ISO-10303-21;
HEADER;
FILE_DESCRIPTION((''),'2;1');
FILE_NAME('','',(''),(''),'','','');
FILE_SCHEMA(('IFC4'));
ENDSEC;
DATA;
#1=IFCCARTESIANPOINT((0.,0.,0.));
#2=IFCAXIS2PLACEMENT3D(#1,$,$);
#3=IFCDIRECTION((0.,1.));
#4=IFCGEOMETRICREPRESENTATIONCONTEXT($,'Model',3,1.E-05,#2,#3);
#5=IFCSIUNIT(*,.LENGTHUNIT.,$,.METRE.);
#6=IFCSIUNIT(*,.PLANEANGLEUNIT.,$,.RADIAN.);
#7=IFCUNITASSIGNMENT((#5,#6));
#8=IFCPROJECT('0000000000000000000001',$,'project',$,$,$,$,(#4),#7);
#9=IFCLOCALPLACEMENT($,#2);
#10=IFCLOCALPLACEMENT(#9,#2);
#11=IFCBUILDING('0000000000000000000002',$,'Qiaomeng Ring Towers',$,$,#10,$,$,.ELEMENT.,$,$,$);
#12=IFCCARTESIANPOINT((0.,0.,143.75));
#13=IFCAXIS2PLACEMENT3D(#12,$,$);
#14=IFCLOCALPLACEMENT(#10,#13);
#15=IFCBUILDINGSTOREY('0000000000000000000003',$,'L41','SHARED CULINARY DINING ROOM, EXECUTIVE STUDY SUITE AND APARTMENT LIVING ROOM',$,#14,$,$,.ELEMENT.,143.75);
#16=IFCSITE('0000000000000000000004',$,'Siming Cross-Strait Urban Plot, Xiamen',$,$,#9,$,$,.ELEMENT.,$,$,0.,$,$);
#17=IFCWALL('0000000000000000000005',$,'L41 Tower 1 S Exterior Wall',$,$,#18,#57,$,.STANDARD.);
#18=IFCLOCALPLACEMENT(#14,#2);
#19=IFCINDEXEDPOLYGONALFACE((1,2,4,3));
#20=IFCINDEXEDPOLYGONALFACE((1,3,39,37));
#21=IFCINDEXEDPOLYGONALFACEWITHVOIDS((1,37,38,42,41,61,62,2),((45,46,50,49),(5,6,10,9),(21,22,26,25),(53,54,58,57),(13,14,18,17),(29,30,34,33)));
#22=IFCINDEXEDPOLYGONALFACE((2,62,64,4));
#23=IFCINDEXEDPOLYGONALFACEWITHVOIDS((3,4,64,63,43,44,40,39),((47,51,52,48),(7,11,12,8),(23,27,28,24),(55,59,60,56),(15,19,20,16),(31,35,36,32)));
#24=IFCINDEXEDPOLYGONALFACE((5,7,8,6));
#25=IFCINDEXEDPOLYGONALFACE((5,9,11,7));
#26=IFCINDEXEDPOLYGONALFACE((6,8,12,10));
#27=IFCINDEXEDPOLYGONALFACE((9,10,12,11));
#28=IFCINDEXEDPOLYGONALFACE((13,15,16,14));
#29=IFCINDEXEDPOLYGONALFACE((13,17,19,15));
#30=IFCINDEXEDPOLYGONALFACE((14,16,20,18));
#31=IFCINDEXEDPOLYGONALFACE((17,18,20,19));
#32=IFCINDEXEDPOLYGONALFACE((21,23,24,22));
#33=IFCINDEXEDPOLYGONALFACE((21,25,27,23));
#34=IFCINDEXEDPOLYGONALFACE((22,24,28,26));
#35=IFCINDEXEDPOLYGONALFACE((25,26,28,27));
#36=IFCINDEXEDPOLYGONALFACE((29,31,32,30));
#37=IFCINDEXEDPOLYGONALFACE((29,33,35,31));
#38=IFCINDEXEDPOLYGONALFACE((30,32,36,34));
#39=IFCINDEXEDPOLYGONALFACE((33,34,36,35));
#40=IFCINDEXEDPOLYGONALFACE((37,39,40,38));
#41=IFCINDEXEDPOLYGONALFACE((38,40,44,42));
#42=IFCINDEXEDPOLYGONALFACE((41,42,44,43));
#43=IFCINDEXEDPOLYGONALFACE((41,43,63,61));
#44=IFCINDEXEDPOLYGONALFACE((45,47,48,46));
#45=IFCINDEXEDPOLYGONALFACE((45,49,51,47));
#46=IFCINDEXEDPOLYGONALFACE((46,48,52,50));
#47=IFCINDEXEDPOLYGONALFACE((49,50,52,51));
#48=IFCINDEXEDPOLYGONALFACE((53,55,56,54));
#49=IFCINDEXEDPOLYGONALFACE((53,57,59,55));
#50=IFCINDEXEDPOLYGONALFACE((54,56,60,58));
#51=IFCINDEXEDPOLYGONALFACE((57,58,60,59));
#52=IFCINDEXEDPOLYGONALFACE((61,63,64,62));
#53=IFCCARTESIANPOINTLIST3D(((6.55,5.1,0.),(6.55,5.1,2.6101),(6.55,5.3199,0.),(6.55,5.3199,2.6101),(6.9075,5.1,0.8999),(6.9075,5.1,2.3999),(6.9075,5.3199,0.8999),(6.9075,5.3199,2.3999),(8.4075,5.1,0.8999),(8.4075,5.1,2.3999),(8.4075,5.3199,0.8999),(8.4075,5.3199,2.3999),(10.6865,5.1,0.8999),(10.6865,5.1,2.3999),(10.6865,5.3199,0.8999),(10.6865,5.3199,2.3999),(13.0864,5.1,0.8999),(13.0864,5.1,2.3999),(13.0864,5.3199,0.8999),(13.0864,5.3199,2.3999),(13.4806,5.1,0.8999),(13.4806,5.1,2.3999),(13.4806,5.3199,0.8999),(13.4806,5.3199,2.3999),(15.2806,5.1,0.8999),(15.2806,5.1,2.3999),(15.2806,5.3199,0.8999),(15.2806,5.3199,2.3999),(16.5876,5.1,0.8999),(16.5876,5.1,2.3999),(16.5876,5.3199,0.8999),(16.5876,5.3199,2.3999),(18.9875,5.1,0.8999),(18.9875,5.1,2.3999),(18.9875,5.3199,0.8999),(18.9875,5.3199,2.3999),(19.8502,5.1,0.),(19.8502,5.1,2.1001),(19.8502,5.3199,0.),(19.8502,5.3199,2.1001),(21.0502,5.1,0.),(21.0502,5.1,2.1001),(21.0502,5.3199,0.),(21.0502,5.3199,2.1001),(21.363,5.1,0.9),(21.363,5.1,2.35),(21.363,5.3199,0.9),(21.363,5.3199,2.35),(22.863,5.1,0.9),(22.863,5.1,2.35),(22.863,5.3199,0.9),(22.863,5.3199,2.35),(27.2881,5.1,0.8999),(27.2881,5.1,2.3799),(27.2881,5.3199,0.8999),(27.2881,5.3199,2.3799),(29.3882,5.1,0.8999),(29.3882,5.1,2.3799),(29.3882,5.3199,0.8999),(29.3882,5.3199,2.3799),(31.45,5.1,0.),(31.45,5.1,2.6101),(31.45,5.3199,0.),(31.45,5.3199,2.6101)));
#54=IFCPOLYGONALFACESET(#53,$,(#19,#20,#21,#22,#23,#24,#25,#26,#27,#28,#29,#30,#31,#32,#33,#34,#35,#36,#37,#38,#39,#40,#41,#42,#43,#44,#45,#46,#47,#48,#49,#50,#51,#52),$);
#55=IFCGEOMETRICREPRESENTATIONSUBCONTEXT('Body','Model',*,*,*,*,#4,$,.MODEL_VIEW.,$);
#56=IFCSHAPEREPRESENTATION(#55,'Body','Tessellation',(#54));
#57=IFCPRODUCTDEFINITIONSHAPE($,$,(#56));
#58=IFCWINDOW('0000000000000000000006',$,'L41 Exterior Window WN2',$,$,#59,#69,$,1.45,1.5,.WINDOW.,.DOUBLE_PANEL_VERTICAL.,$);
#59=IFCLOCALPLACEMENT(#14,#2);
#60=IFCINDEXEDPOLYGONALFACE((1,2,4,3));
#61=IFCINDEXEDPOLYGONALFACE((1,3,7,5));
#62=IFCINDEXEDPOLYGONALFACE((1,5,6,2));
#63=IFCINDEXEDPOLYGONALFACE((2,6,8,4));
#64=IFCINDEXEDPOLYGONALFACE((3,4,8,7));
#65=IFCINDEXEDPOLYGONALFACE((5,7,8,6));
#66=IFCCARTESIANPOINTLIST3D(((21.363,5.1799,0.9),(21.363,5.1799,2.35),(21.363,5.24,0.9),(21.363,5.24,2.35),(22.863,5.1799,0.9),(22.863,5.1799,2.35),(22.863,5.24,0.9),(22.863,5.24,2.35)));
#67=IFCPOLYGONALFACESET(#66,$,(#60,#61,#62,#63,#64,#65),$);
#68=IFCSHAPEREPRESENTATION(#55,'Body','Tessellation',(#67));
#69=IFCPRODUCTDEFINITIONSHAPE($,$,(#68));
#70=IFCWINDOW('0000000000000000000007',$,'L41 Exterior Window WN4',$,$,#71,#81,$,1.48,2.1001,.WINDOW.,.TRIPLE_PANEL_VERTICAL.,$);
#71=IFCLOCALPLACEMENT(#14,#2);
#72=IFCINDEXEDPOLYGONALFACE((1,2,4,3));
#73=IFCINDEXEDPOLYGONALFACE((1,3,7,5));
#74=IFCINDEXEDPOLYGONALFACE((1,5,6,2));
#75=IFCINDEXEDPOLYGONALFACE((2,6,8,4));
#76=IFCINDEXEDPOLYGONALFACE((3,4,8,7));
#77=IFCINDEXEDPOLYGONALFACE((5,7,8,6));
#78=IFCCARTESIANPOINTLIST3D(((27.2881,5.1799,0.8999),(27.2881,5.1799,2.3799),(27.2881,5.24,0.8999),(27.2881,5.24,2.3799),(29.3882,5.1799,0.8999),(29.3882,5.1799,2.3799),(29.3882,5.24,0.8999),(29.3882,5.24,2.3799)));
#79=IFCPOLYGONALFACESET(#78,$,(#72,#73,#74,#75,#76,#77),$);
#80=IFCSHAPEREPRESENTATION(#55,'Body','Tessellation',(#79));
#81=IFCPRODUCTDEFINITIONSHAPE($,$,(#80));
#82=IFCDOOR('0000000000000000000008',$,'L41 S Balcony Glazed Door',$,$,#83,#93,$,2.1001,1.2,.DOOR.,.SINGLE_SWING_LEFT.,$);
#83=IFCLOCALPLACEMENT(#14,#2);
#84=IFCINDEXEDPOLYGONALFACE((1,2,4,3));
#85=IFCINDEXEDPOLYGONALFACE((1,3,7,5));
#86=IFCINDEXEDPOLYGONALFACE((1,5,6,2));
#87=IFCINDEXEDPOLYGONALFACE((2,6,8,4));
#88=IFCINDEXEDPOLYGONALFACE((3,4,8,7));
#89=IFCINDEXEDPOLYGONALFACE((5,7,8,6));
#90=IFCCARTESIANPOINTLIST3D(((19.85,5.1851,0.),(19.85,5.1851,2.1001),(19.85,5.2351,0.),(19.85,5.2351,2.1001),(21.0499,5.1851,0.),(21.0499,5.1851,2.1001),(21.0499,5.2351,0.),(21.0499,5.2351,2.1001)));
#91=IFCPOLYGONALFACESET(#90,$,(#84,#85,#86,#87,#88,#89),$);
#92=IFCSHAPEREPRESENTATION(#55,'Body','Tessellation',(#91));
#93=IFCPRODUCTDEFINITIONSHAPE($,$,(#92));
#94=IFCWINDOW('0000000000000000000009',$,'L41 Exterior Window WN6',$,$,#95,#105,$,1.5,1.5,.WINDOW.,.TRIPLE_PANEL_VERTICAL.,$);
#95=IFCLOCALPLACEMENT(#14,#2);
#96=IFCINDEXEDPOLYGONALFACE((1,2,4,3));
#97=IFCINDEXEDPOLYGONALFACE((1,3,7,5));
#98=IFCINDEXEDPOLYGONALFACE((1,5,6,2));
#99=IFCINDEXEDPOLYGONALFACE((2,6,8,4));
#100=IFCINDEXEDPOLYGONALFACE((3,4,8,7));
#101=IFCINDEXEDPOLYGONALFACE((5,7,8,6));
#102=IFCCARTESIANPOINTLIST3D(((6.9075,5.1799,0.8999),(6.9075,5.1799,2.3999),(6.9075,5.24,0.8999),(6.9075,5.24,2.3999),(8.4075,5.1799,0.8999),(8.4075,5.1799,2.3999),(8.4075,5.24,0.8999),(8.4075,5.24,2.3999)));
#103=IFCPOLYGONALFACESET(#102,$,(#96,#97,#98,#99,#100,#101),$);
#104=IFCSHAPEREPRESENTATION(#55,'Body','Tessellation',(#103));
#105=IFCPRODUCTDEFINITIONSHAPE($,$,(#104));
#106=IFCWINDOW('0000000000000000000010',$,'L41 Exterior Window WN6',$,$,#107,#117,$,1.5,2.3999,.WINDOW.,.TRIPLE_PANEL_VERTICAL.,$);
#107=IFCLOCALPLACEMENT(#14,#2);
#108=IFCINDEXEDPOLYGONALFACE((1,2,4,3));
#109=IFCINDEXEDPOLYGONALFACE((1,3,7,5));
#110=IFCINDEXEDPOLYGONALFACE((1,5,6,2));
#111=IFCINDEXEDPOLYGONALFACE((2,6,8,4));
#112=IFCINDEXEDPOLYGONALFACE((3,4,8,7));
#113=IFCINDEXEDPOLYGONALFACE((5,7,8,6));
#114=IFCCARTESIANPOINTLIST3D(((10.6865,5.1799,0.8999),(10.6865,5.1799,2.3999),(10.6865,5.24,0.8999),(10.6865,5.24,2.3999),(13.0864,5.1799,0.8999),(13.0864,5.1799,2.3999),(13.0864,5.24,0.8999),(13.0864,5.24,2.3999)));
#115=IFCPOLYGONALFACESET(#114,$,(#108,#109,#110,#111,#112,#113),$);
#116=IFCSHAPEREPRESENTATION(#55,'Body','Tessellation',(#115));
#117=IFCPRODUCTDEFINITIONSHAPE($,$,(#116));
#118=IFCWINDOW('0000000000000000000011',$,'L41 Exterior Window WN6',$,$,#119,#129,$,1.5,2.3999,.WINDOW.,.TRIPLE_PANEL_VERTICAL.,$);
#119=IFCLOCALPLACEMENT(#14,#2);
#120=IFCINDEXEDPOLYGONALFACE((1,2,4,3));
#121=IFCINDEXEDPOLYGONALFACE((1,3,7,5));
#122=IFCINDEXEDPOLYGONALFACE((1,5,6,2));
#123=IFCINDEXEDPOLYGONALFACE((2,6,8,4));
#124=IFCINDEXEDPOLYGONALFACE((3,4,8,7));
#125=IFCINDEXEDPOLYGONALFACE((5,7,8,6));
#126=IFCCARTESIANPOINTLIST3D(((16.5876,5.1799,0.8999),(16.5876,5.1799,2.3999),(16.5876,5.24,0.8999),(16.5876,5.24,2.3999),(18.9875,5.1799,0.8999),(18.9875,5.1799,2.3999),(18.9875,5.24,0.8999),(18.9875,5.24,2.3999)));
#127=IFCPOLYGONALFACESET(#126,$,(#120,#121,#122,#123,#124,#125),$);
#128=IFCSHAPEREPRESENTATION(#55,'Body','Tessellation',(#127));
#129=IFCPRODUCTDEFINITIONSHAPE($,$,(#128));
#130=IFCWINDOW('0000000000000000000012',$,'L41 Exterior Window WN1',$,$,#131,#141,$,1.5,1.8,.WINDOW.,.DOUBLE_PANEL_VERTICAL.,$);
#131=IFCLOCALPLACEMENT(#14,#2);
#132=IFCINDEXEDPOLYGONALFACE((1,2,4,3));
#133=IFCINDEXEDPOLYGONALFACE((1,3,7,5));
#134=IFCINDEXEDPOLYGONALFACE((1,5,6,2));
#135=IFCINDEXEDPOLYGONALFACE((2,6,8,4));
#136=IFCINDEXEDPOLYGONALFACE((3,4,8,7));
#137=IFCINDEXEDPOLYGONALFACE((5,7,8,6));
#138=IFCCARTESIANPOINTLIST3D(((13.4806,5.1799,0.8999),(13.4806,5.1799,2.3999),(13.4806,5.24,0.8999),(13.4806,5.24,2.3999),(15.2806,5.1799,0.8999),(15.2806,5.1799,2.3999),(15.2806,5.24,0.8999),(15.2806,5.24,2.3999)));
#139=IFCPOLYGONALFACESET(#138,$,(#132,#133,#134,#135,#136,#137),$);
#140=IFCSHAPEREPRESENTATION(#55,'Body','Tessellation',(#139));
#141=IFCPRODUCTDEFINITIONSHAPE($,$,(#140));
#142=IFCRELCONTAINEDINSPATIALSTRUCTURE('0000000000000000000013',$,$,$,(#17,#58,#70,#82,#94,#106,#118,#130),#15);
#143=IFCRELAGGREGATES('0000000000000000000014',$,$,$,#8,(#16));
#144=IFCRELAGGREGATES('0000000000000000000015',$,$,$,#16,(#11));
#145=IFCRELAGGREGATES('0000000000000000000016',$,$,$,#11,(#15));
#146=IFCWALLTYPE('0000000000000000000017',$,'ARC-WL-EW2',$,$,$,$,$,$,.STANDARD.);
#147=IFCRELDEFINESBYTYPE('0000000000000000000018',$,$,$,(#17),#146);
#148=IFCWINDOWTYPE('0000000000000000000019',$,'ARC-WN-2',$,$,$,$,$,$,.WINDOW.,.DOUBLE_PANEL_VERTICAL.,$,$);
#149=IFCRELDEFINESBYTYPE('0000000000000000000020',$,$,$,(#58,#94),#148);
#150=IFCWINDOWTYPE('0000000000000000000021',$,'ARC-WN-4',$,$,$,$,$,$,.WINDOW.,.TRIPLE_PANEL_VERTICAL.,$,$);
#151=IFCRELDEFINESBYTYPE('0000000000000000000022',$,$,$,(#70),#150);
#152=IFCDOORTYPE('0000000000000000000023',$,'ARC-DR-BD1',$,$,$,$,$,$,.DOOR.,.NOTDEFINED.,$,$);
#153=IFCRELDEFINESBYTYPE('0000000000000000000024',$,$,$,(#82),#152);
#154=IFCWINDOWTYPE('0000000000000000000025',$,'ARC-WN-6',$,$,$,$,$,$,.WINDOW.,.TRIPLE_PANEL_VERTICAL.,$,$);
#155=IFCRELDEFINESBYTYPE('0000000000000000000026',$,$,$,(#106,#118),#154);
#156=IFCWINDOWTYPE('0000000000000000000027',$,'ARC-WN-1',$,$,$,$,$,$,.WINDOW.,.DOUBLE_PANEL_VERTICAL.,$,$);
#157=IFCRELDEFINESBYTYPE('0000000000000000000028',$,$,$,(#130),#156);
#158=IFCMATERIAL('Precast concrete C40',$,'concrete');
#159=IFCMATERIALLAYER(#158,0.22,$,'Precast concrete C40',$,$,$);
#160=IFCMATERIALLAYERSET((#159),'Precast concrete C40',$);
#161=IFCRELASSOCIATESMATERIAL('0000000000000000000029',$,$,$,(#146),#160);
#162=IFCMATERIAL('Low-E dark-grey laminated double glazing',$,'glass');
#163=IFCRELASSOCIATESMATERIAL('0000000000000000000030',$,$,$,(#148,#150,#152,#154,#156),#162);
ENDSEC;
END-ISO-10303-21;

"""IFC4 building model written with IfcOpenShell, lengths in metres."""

from ifc_helpers import new_model, si_unit, direction, frame, frame_2d, origin, place, context, subcontext, project, spatial, rectangle, extrude, source, transform, mapped, material, layer, layer_set, type_object, element, fill, save


model = new_model("IFC4")

# Units and contexts
model_context = context("Model", 3, precision=1e-05, world=origin(), true_north=direction((0.0, 1.0)))
body_context = subcontext(model_context, "Body", "Model", "MODEL_VIEW")
ifc_project = project(units=[si_unit("LENGTHUNIT", "METRE"), si_unit("PLANEANGLEUNIT", "RADIAN")], contexts=[model_context])

# Site, building, storey
site_placement = place(None, origin())
site = spatial("IfcSite", under=ifc_project, at=site_placement, Name="Siming Cross-Strait Urban Plot, Xiamen", CompositionType="ELEMENT", RefElevation=0.0)
building_placement = place(site_placement, origin())
building = spatial("IfcBuilding", under=site, at=building_placement, Name="Qiaomeng Ring Towers", CompositionType="ELEMENT")
storey_placement = place(building_placement, frame((0.0, 0.0, 143.75)))
storey = spatial("IfcBuildingStorey", under=building, at=storey_placement, Name="L41", Description="SHARED CULINARY DINING ROOM, EXECUTIVE STUDY SUITE AND APARTMENT LIVING ROOM", CompositionType="ELEMENT", Elevation=143.75)

# Shared definitions
ifc_material_1 = material(Name="Low-E dark-grey laminated double glazing", Category="glass")

# Wall, openings, windows, door
ifc_material_2 = material(Name="Precast concrete C40", Category="concrete")
ifc_layer_1 = layer(ifc_material_2, 0.22, Name="Precast concrete C40")
ifc_layer_set_1 = layer_set([ifc_layer_1], Name="Precast concrete C40")
wall_type_1 = type_object("IfcWallType", Name="ARC-WL-EW2", PredefinedType="STANDARD", material=ifc_layer_set_1)
wall_1_placement = place(storey_placement, frame((6.55, 5.21, 0.0), z_axis=(0.0, 0.0, 1.0), x_axis=(1.0, 0.0, 0.0)))
wall_1 = element("IfcWall", 1, at=wall_1_placement, inside=storey, type_object=wall_type_1, Name="L41 Tower 1 S Exterior Wall", PredefinedType="STANDARD", context=body_context, shape_type="SweptSolid", body=[
    extrude(rectangle(XDim=24.8999, YDim=0.22, at=frame_2d((12.45, 0.0))), origin(), (0.0, 0.0, 1.0), 2.6101),
])
opening_1_placement = place(wall_1_placement, frame((13.3, 0.0, 0.0)))
opening_1 = element("IfcOpeningElement", 2, at=opening_1_placement, cuts=wall_1, PredefinedType="OPENING", context=body_context, shape_type="SweptSolid", body=[
    extrude(rectangle(XDim=1.2, YDim=2.1001, at=frame_2d((0.6001, 1.05))), frame((0.0, 0.1199, 0.0), z_axis=(0.0, -1.0, 0.0), x_axis=(1.0, 0.0, 0.0)), (0.0, 0.0, 1.0), 0.24),
])
opening_2_placement = place(wall_1_placement, frame((0.3574, 0.0, 0.8999)))
opening_2 = element("IfcOpeningElement", 3, at=opening_2_placement, cuts=wall_1, PredefinedType="OPENING", context=body_context, shape_type="SweptSolid", body=[
    extrude(rectangle(XDim=1.5, YDim=1.5, at=frame_2d((0.75, 0.75))), frame((0.0, 0.1199, 0.0), z_axis=(0.0, -1.0, 0.0), x_axis=(1.0, 0.0, 0.0)), (0.0, 0.0, 1.0), 0.24),
])
opening_3_placement = place(wall_1_placement, frame((6.9307, 0.0, 0.8999)))
opening_3 = element("IfcOpeningElement", 4, at=opening_3_placement, cuts=wall_1, PredefinedType="OPENING", context=body_context, shape_type="SweptSolid", body=[
    extrude(rectangle(XDim=1.8, YDim=1.5, at=frame_2d((0.8999, 0.75))), frame((0.0, 0.1199, 0.0), z_axis=(0.0, -1.0, 0.0), x_axis=(1.0, 0.0, 0.0)), (0.0, 0.0, 1.0), 0.24),
])
opening_4_placement = place(wall_1_placement, frame((14.813, 0.0, 0.8999)))
opening_4 = element("IfcOpeningElement", 5, at=opening_4_placement, cuts=wall_1, PredefinedType="OPENING", context=body_context, shape_type="SweptSolid", body=[
    extrude(rectangle(XDim=1.5, YDim=1.45, at=frame_2d((0.75, 0.7251))), frame((0.0, 0.1199, 0.0), z_axis=(0.0, -1.0, 0.0), x_axis=(1.0, 0.0, 0.0)), (0.0, 0.0, 1.0), 0.24),
])
opening_5_placement = place(wall_1_placement, frame((20.738, 0.0, 0.8999)))
opening_5 = element("IfcOpeningElement", 6, at=opening_5_placement, cuts=wall_1, PredefinedType="OPENING", context=body_context, shape_type="SweptSolid", body=[
    extrude(rectangle(XDim=2.1001, YDim=1.48, at=frame_2d((1.05, 0.74))), frame((0.0, 0.1199, 0.0), z_axis=(0.0, -1.0, 0.0), x_axis=(1.0, 0.0, 0.0)), (0.0, 0.0, 1.0), 0.24),
])
opening_6_placement = place(wall_1_placement, frame((4.1365, 0.0, 0.8999)))
opening_6 = element("IfcOpeningElement", 7, at=opening_6_placement, cuts=wall_1, PredefinedType="OPENING", context=body_context, shape_type="SweptSolid", body=[
    extrude(rectangle(XDim=2.3999, YDim=1.5, at=frame_2d((1.2, 0.75))), frame((0.0, 0.1199, 0.0), z_axis=(0.0, -1.0, 0.0), x_axis=(1.0, 0.0, 0.0)), (0.0, 0.0, 1.0), 0.24),
])
opening_7_placement = place(wall_1_placement, frame((10.0376, 0.0, 0.8999)))
opening_7 = element("IfcOpeningElement", 8, at=opening_7_placement, cuts=wall_1, PredefinedType="OPENING", context=body_context, shape_type="SweptSolid", body=[
    extrude(rectangle(XDim=2.3999, YDim=1.5, at=frame_2d((1.2, 0.75))), frame((0.0, 0.1199, 0.0), z_axis=(0.0, -1.0, 0.0), x_axis=(1.0, 0.0, 0.0)), (0.0, 0.0, 1.0), 0.24),
])
window_type_1 = type_object("IfcWindowType", Name="ARC-WN-2", PartitioningType="DOUBLE_PANEL_VERTICAL", PredefinedType="WINDOW", material=ifc_material_1)
shared_shape_1 = source(origin(), body_context, "Body", "SweptSolid", [
    extrude(rectangle(XDim=1.5, YDim=1.45, at=frame_2d((0.75, 0.7251))), frame((0.0, 0.03, 0.0), z_axis=(0.0, -1.0, 0.0), x_axis=(1.0, 0.0, 0.0)), (0.0, 0.0, 1.0), 0.0601),
])
window_1_placement = place(opening_4_placement, origin())
window_1 = element("IfcWindow", 9, at=window_1_placement, inside=storey, type_object=window_type_1, Name="L41 Exterior Window WN2", OverallHeight=1.45, OverallWidth=1.5, PartitioningType="DOUBLE_PANEL_VERTICAL", PredefinedType="WINDOW", context=body_context, shape_type="MappedRepresentation", body=[
    mapped(shared_shape_1, transform((0.0, 0.0, 0.0), x_axis=(1.0, 0.0, 0.0), y_axis=(0.0, 1.0, 0.0), z_axis=(0.0, 0.0, 1.0), scale=1.0)),
])
fill(opening_4, window_1)
window_type_2 = type_object("IfcWindowType", Name="ARC-WN-4", PartitioningType="TRIPLE_PANEL_VERTICAL", PredefinedType="WINDOW", material=ifc_material_1)
shared_shape_2 = source(origin(), body_context, "Body", "SweptSolid", [
    extrude(rectangle(XDim=2.1001, YDim=1.48, at=frame_2d((1.05, 0.74))), frame((0.0, 0.03, 0.0), z_axis=(0.0, -1.0, 0.0), x_axis=(1.0, 0.0, 0.0)), (0.0, 0.0, 1.0), 0.0601),
])
window_2_placement = place(opening_5_placement, origin())
window_2 = element("IfcWindow", 10, at=window_2_placement, inside=storey, type_object=window_type_2, Name="L41 Exterior Window WN4", OverallHeight=1.48, OverallWidth=2.1001, PartitioningType="TRIPLE_PANEL_VERTICAL", PredefinedType="WINDOW", context=body_context, shape_type="MappedRepresentation", body=[
    mapped(shared_shape_2, transform((0.0, 0.0, 0.0), x_axis=(1.0, 0.0, 0.0), y_axis=(0.0, 1.0, 0.0), z_axis=(0.0, 0.0, 1.0), scale=1.0)),
])
fill(opening_5, window_2)
door_type = type_object("IfcDoorType", Name="ARC-DR-BD1", OperationType="NOTDEFINED", PredefinedType="DOOR", material=ifc_material_1)
shared_shape_3 = source(origin(), body_context, "Body", "SweptSolid", [
    extrude(rectangle(XDim=1.2, YDim=2.1001, at=frame_2d((0.6001, 1.05))), frame((0.0, 0.0249, 0.0), z_axis=(0.0, -1.0, 0.0), x_axis=(1.0, 0.0, 0.0)), (0.0, 0.0, 1.0), 0.05),
])
door_placement = place(opening_1_placement, frame((1.2, 0.0, 0.0), z_axis=(0.0, 0.0, 1.0), x_axis=(-1.0, 0.0, 0.0)))
door = element("IfcDoor", 11, at=door_placement, inside=storey, type_object=door_type, Name="L41 S Balcony Glazed Door", OperationType="SINGLE_SWING_LEFT", OverallHeight=2.1001, OverallWidth=1.2, PredefinedType="DOOR", context=body_context, shape_type="MappedRepresentation", body=[
    mapped(shared_shape_3, transform((0.0, 0.0, 0.0), x_axis=(1.0, 0.0, 0.0), y_axis=(0.0, 1.0, 0.0), z_axis=(0.0, 0.0, 1.0), scale=1.0)),
])
fill(opening_1, door)
shared_shape_4 = source(origin(), body_context, "Body", "SweptSolid", [
    extrude(rectangle(XDim=1.5, YDim=1.5, at=frame_2d((0.75, 0.75))), frame((0.0, 0.03, 0.0), z_axis=(0.0, -1.0, 0.0), x_axis=(1.0, 0.0, 0.0)), (0.0, 0.0, 1.0), 0.0601),
])
window_3_placement = place(opening_2_placement, origin())
window_3 = element("IfcWindow", 12, at=window_3_placement, inside=storey, type_object=window_type_1, Name="L41 Exterior Window WN6", OverallHeight=1.5, OverallWidth=1.5, PartitioningType="TRIPLE_PANEL_VERTICAL", PredefinedType="WINDOW", context=body_context, shape_type="MappedRepresentation", body=[
    mapped(shared_shape_4, transform((0.0, 0.0, 0.0), x_axis=(1.0, 0.0, 0.0), y_axis=(0.0, 1.0, 0.0), z_axis=(0.0, 0.0, 1.0), scale=1.0)),
])
fill(opening_2, window_3)
window_type_3 = type_object("IfcWindowType", Name="ARC-WN-6", PartitioningType="TRIPLE_PANEL_VERTICAL", PredefinedType="WINDOW", material=ifc_material_1)
shared_shape_5 = source(origin(), body_context, "Body", "SweptSolid", [
    extrude(rectangle(XDim=2.3999, YDim=1.5, at=frame_2d((1.2, 0.75))), frame((0.0, 0.03, 0.0), z_axis=(0.0, -1.0, 0.0), x_axis=(1.0, 0.0, 0.0)), (0.0, 0.0, 1.0), 0.0601),
])
window_4_placement = place(opening_6_placement, origin())
window_4 = element("IfcWindow", 13, at=window_4_placement, inside=storey, type_object=window_type_3, Name="L41 Exterior Window WN6", OverallHeight=1.5, OverallWidth=2.3999, PartitioningType="TRIPLE_PANEL_VERTICAL", PredefinedType="WINDOW", context=body_context, shape_type="MappedRepresentation", body=[
    mapped(shared_shape_5, transform((0.0, 0.0, 0.0), x_axis=(1.0, 0.0, 0.0), y_axis=(0.0, 1.0, 0.0), z_axis=(0.0, 0.0, 1.0), scale=1.0)),
])
fill(opening_6, window_4)
window_5_placement = place(opening_7_placement, origin())
window_5 = element("IfcWindow", 14, at=window_5_placement, inside=storey, type_object=window_type_3, Name="L41 Exterior Window WN6", OverallHeight=1.5, OverallWidth=2.3999, PartitioningType="TRIPLE_PANEL_VERTICAL", PredefinedType="WINDOW", context=body_context, shape_type="MappedRepresentation", body=[
    mapped(shared_shape_5, transform((0.0, 0.0, 0.0), x_axis=(1.0, 0.0, 0.0), y_axis=(0.0, 1.0, 0.0), z_axis=(0.0, 0.0, 1.0), scale=1.0)),
])
fill(opening_7, window_5)
window_type_4 = type_object("IfcWindowType", Name="ARC-WN-1", PartitioningType="DOUBLE_PANEL_VERTICAL", PredefinedType="WINDOW", material=ifc_material_1)
shared_shape_6 = source(origin(), body_context, "Body", "SweptSolid", [
    extrude(rectangle(XDim=1.8, YDim=1.5, at=frame_2d((0.8999, 0.75))), frame((0.0, 0.03, 0.0), z_axis=(0.0, -1.0, 0.0), x_axis=(1.0, 0.0, 0.0)), (0.0, 0.0, 1.0), 0.0601),
])
window_6_placement = place(opening_3_placement, origin())
window_6 = element("IfcWindow", 15, at=window_6_placement, inside=storey, type_object=window_type_4, Name="L41 Exterior Window WN1", OverallHeight=1.5, OverallWidth=1.8, PartitioningType="DOUBLE_PANEL_VERTICAL", PredefinedType="WINDOW", context=body_context, shape_type="MappedRepresentation", body=[
    mapped(shared_shape_6, transform((0.0, 0.0, 0.0), x_axis=(1.0, 0.0, 0.0), y_axis=(0.0, 1.0, 0.0), z_axis=(0.0, 0.0, 1.0), scale=1.0)),
])
fill(opening_3, window_6)

save(model, "model.ifc")
